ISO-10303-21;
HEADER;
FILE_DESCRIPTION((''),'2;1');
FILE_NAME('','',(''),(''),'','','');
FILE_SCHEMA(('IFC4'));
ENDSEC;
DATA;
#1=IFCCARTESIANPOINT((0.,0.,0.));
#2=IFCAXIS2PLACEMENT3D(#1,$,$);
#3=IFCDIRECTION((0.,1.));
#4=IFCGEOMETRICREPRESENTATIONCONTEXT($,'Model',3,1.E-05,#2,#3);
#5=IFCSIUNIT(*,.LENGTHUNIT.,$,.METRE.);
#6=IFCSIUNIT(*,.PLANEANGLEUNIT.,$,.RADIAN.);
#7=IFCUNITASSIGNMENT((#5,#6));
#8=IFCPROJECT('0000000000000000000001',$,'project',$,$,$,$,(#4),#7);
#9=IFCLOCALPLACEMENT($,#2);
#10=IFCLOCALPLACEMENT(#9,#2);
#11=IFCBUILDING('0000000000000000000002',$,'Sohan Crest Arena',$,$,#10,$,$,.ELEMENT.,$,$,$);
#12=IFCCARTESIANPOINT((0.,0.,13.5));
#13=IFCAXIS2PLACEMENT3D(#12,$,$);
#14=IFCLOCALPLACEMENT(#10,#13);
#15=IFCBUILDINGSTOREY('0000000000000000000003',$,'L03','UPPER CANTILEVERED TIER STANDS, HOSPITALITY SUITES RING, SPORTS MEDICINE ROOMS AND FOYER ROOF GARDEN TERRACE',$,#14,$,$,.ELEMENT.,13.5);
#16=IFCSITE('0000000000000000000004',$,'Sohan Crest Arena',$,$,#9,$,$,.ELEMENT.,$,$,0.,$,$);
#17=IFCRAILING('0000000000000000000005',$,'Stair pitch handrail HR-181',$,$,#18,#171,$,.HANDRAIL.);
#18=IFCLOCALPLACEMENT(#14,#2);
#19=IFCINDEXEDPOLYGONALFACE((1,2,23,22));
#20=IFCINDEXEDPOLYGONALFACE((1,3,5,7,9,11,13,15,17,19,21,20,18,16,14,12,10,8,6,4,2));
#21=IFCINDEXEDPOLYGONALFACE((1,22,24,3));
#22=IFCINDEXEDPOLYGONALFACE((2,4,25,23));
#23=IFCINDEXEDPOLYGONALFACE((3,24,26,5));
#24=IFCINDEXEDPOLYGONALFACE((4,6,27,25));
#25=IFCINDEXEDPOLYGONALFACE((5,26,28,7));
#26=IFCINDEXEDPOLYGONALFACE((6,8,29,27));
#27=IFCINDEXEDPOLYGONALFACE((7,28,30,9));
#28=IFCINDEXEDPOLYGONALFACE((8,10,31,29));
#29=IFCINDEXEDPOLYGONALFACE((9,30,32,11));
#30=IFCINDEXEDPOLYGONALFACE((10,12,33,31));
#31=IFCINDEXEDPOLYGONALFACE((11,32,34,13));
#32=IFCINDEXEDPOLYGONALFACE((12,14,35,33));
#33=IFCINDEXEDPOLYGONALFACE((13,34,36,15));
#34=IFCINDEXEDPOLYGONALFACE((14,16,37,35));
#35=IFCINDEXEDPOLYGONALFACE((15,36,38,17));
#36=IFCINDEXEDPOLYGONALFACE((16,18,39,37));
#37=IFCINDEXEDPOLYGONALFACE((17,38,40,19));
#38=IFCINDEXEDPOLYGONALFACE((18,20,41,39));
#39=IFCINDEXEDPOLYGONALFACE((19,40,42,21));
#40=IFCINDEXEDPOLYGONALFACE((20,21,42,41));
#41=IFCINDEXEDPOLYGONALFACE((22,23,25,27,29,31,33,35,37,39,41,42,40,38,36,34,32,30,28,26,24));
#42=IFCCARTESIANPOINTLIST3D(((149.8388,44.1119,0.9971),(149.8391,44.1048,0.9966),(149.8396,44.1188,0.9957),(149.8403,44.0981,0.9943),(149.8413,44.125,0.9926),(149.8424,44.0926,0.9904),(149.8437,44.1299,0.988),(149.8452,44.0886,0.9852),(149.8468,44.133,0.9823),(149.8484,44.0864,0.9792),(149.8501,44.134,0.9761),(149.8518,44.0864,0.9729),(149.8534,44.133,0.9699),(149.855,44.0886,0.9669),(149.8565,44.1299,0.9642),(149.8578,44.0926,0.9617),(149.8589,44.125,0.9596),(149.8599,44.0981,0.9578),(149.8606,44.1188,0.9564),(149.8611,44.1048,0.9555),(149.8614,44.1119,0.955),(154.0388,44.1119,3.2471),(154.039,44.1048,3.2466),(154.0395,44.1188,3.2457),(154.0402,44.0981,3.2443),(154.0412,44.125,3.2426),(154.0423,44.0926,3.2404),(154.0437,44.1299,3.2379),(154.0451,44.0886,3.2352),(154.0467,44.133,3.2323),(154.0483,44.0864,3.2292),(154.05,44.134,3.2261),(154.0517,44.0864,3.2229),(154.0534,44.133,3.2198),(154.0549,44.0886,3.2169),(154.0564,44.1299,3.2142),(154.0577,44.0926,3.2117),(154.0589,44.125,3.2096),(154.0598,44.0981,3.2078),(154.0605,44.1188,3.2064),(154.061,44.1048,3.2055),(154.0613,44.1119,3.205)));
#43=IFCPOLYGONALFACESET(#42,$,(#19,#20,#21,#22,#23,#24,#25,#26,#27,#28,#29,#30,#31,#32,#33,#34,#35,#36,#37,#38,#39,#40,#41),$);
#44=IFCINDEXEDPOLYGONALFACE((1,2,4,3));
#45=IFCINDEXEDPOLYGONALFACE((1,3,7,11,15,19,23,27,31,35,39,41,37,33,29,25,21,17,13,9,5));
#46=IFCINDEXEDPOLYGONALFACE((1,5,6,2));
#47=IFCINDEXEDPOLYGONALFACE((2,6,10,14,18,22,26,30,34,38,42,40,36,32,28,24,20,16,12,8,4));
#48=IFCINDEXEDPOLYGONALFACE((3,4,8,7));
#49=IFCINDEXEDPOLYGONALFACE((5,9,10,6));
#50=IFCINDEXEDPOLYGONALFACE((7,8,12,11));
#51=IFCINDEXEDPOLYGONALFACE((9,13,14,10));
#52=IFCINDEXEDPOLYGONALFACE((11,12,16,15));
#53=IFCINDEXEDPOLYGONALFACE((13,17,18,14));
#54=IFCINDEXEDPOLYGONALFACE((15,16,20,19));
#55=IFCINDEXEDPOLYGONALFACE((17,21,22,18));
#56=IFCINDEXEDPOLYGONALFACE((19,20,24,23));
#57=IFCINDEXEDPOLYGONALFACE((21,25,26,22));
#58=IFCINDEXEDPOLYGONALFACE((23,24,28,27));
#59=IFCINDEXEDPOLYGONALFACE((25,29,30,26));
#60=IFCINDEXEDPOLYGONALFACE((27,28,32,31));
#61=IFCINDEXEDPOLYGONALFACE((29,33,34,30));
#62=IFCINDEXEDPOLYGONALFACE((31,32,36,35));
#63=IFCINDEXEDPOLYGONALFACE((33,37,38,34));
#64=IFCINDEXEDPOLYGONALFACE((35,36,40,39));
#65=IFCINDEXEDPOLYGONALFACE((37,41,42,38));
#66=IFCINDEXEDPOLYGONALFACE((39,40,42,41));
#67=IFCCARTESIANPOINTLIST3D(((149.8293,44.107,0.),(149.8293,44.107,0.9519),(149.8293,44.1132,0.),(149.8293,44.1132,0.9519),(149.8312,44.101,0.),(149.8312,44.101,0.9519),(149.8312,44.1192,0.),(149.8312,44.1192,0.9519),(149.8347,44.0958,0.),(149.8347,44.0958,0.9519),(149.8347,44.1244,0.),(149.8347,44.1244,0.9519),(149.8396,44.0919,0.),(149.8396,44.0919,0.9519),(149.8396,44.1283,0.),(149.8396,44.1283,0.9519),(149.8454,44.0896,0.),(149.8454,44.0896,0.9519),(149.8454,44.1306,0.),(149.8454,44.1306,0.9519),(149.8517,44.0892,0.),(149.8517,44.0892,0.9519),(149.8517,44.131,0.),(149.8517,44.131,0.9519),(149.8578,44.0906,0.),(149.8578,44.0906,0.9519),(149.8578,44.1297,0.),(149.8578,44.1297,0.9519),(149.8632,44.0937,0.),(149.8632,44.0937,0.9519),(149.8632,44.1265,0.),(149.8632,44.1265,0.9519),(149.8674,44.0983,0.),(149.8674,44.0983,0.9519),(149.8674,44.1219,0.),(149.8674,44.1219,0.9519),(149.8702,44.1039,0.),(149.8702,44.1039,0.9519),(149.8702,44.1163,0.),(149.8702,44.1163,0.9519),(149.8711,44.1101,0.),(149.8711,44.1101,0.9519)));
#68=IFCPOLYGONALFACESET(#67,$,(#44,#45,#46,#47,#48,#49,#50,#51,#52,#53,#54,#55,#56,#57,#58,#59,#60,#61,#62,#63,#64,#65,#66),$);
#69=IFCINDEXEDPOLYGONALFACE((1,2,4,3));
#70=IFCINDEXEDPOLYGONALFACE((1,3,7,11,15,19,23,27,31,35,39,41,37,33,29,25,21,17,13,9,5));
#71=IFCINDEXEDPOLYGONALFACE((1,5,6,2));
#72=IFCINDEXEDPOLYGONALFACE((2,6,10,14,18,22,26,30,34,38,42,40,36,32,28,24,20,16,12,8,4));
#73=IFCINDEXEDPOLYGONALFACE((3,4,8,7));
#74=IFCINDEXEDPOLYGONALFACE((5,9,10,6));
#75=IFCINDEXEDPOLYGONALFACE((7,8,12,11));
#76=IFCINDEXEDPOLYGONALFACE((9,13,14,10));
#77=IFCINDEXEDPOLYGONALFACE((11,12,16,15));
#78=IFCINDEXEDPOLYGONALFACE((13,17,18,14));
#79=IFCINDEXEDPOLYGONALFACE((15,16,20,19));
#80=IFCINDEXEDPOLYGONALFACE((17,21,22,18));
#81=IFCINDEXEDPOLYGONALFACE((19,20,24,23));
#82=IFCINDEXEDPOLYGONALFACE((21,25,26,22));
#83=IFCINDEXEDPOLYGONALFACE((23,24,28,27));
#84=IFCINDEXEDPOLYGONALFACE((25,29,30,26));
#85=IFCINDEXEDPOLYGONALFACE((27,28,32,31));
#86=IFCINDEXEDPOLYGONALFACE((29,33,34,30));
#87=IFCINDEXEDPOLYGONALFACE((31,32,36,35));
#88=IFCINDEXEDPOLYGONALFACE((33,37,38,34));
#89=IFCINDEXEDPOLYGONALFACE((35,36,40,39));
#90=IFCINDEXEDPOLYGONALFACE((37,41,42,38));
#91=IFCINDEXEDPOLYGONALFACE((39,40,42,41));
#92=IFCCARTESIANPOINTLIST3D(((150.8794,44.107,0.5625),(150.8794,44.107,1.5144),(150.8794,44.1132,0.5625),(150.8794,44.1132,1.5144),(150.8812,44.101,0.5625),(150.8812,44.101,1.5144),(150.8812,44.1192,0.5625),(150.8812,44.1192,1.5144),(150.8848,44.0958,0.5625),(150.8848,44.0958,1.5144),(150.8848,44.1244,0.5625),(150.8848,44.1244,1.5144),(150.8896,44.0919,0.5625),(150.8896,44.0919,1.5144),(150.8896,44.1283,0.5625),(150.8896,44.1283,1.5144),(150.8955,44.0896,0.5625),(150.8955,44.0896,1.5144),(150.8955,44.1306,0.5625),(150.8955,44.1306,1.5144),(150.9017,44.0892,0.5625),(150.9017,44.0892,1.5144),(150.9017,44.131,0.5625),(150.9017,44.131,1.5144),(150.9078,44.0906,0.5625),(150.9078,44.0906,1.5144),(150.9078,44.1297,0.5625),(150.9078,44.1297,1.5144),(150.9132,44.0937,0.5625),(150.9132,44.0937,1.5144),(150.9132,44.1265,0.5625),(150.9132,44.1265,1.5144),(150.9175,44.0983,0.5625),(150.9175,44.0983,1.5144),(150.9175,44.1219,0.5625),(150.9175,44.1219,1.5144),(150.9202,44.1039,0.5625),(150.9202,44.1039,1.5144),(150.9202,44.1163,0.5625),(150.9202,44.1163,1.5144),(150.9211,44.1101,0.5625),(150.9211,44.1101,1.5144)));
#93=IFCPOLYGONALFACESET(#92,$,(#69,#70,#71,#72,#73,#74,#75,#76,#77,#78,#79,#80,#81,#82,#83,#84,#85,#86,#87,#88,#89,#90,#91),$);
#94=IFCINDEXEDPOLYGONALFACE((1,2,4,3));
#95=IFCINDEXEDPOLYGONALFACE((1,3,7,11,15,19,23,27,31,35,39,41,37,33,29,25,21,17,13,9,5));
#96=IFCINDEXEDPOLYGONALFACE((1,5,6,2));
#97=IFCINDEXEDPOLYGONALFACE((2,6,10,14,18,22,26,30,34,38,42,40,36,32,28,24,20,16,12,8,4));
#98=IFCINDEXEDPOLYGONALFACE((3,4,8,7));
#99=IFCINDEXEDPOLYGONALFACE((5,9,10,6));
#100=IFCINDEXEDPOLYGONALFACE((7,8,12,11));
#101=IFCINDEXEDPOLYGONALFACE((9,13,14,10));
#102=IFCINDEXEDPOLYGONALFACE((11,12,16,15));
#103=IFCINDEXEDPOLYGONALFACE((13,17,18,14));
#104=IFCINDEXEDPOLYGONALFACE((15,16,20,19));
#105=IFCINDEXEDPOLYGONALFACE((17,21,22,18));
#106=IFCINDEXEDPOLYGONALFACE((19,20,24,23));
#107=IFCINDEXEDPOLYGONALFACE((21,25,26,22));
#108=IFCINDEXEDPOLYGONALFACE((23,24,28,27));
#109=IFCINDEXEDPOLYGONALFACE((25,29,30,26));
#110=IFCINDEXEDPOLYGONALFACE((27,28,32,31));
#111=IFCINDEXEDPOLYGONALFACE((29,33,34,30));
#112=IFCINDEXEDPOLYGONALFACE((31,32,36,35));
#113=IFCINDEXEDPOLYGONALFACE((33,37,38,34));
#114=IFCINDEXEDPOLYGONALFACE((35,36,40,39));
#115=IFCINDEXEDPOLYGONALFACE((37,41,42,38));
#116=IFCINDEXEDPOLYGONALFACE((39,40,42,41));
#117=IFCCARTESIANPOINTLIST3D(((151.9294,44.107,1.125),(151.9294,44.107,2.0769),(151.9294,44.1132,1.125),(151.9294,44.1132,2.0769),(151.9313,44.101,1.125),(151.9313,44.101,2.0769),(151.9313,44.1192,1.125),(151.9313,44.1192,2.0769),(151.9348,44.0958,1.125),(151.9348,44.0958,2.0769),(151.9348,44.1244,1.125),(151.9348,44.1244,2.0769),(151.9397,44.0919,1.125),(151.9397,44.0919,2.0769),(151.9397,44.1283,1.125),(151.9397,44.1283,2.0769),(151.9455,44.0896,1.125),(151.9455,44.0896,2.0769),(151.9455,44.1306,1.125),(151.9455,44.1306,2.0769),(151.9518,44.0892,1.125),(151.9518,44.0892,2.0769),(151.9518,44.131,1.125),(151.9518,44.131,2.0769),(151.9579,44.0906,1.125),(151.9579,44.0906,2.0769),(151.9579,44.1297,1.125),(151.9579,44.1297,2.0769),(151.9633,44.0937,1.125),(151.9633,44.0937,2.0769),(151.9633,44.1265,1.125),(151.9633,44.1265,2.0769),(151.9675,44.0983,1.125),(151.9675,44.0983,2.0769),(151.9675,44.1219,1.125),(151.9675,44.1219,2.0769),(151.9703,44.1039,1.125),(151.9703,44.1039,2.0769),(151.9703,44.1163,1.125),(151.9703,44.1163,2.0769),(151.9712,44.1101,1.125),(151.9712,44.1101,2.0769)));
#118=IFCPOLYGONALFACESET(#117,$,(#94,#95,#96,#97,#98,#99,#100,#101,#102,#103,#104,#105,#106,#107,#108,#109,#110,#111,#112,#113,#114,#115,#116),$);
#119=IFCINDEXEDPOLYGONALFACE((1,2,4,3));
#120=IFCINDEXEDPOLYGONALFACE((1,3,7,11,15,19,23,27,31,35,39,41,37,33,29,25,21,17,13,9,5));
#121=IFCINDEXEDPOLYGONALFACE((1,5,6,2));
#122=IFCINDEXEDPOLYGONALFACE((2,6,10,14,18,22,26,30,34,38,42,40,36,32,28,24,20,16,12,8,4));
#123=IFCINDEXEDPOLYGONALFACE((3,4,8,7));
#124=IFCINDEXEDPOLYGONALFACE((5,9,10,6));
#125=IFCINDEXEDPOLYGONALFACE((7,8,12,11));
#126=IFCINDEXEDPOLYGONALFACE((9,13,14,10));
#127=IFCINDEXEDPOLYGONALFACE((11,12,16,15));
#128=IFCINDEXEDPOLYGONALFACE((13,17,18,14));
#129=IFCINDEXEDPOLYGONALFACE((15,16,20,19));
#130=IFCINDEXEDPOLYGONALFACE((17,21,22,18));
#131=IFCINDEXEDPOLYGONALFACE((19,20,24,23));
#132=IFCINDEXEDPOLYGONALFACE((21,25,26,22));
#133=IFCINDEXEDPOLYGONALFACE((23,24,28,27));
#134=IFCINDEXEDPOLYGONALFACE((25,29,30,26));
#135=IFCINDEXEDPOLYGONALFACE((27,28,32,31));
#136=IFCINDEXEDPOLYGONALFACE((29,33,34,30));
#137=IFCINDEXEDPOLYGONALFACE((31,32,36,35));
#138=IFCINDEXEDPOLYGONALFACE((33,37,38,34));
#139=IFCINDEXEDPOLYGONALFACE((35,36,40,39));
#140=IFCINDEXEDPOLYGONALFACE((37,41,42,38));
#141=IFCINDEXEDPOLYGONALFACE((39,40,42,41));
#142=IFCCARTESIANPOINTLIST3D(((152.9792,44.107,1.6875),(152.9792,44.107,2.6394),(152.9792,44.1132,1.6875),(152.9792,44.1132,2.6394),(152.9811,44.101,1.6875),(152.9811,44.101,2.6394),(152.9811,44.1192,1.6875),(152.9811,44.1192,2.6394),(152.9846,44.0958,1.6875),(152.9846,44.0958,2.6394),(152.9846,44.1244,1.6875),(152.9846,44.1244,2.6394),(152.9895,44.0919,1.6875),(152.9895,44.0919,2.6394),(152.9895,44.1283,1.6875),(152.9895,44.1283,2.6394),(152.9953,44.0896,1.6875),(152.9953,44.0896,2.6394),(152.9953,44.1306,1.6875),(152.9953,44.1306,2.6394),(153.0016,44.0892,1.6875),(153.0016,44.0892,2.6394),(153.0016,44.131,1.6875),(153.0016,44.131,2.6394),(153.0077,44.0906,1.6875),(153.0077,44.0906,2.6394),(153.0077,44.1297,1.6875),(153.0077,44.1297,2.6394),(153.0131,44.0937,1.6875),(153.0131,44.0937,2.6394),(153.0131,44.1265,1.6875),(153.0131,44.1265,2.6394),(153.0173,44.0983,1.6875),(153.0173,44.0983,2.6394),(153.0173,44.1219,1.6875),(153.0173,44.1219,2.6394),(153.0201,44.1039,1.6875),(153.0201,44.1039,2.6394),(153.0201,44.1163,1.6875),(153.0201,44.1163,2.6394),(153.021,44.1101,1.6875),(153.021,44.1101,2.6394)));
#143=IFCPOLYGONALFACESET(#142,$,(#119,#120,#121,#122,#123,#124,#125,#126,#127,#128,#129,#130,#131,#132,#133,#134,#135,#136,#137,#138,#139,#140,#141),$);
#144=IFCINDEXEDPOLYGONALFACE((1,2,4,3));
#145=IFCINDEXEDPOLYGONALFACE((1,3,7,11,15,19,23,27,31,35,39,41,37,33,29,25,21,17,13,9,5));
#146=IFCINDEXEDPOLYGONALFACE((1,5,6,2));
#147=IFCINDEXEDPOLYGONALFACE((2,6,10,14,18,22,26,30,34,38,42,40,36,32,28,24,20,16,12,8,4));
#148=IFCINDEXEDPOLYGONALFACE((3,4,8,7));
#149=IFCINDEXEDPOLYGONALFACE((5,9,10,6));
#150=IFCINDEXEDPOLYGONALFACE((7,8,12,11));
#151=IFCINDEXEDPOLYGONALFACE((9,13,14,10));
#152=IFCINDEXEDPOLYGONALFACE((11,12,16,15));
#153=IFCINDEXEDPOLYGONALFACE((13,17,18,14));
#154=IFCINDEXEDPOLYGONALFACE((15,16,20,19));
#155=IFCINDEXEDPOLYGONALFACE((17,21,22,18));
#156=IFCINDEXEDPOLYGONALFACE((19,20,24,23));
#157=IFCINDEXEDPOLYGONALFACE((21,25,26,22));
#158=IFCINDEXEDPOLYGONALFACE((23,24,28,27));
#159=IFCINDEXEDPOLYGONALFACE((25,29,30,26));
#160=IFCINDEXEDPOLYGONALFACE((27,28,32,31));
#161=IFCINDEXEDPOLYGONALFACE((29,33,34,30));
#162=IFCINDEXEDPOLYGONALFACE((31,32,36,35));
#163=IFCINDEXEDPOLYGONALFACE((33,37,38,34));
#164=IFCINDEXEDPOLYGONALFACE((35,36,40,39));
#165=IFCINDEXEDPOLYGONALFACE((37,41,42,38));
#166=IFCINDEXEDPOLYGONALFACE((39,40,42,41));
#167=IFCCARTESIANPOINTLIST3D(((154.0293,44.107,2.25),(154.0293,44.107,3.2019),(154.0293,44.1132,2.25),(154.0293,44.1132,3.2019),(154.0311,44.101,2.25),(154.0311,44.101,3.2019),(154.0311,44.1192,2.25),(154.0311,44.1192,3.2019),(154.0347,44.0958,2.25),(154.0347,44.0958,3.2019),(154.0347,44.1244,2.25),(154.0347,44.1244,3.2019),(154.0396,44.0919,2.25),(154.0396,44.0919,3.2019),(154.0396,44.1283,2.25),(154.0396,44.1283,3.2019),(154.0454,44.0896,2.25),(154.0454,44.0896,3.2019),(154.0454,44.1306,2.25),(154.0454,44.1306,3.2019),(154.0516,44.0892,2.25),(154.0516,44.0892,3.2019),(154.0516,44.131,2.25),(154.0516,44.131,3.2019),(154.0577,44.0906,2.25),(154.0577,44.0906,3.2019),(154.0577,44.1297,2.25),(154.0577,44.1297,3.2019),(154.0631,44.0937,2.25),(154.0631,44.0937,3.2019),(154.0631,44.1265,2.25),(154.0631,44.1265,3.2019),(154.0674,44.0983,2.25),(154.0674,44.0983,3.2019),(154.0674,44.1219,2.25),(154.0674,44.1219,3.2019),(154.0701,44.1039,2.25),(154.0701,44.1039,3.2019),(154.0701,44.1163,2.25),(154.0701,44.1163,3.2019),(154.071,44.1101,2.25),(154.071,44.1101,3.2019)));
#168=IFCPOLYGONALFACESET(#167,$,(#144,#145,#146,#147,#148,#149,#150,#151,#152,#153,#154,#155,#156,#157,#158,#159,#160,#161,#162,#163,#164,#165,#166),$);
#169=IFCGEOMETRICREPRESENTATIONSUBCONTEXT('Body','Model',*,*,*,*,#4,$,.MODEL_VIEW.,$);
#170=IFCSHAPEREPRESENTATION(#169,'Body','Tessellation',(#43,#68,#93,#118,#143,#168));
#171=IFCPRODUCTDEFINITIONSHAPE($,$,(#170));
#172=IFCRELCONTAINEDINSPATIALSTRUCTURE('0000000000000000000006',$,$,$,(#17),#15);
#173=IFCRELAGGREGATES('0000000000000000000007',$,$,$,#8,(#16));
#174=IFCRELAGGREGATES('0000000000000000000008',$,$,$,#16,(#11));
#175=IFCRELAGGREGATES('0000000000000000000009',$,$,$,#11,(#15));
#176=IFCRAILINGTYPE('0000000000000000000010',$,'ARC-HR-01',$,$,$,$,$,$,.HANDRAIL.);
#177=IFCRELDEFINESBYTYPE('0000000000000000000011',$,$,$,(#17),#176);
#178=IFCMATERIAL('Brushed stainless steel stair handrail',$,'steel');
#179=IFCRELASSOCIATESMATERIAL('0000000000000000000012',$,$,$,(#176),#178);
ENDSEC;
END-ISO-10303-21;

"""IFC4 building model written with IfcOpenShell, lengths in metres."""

from ifc_helpers import new_model, si_unit, direction, frame, origin, origin_2d, place, context, subcontext, project, spatial, circle, extrude, material, type_object, element, save


model = new_model("IFC4")

# Units and contexts
model_context = context("Model", 3, precision=1e-05, world=origin(), true_north=direction((0.0, 1.0)))
body_context = subcontext(model_context, "Body", "Model", "MODEL_VIEW")
ifc_project = project(units=[si_unit("LENGTHUNIT", "METRE"), si_unit("PLANEANGLEUNIT", "RADIAN")], contexts=[model_context])

# Site, building, storey
site_placement = place(None, origin())
site = spatial("IfcSite", under=ifc_project, at=site_placement, Name="Sohan Crest Arena", CompositionType="ELEMENT", RefElevation=0.0)
building_placement = place(site_placement, origin())
building = spatial("IfcBuilding", under=site, at=building_placement, Name="Sohan Crest Arena", CompositionType="ELEMENT")
storey_placement = place(building_placement, frame((0.0, 0.0, 13.5)))
storey = spatial("IfcBuildingStorey", under=building, at=storey_placement, Name="L03", Description="UPPER CANTILEVERED TIER STANDS, HOSPITALITY SUITES RING, SPORTS MEDICINE ROOMS AND FOYER ROOF GARDEN TERRACE", CompositionType="ELEMENT", Elevation=13.5)

# Railing
ifc_material_1 = material(Name="Brushed stainless steel stair handrail", Category="steel")
railing_type_1 = type_object("IfcRailingType", Name="ARC-HR-01", PredefinedType="HANDRAIL", material=ifc_material_1)
for number, where, name in (
    (1, (149.8501, 44.1101, 0.0), "Stair pitch handrail HR-181"),
):
    element("IfcRailing", number, at=place(storey_placement, frame(where)), inside=storey, type_object=railing_type_1, Name=name, PredefinedType="HANDRAIL", context=body_context, shape_type="SweptSolid", body=[
        extrude(circle(Radius=0.0239, at=origin_2d()), frame((0.0, 0.0, 0.9761), z_axis=(0.881478, 0.0, 0.472226), x_axis=(0.0, 1.0, 0.0)), (0.0, 0.0, 1.0), 4.7646),
        extrude(circle(Radius=0.021, at=origin_2d()), origin(), (0.0, 0.0, 1.0), 0.9519),
        extrude(circle(Radius=0.021, at=origin_2d()), frame((1.05, 0.0, 0.5625)), (0.0, 0.0, 1.0), 0.9519),
        extrude(circle(Radius=0.021, at=origin_2d()), frame((2.1001, 0.0, 1.125)), (0.0, 0.0, 1.0), 0.9519),
        extrude(circle(Radius=0.021, at=origin_2d()), frame((3.1499, 0.0, 1.6875)), (0.0, 0.0, 1.0), 0.9519),
        extrude(circle(Radius=0.021, at=origin_2d()), frame((4.2, 0.0, 2.25)), (0.0, 0.0, 1.0), 0.9519),
    ])

save(model, "model.ifc")
